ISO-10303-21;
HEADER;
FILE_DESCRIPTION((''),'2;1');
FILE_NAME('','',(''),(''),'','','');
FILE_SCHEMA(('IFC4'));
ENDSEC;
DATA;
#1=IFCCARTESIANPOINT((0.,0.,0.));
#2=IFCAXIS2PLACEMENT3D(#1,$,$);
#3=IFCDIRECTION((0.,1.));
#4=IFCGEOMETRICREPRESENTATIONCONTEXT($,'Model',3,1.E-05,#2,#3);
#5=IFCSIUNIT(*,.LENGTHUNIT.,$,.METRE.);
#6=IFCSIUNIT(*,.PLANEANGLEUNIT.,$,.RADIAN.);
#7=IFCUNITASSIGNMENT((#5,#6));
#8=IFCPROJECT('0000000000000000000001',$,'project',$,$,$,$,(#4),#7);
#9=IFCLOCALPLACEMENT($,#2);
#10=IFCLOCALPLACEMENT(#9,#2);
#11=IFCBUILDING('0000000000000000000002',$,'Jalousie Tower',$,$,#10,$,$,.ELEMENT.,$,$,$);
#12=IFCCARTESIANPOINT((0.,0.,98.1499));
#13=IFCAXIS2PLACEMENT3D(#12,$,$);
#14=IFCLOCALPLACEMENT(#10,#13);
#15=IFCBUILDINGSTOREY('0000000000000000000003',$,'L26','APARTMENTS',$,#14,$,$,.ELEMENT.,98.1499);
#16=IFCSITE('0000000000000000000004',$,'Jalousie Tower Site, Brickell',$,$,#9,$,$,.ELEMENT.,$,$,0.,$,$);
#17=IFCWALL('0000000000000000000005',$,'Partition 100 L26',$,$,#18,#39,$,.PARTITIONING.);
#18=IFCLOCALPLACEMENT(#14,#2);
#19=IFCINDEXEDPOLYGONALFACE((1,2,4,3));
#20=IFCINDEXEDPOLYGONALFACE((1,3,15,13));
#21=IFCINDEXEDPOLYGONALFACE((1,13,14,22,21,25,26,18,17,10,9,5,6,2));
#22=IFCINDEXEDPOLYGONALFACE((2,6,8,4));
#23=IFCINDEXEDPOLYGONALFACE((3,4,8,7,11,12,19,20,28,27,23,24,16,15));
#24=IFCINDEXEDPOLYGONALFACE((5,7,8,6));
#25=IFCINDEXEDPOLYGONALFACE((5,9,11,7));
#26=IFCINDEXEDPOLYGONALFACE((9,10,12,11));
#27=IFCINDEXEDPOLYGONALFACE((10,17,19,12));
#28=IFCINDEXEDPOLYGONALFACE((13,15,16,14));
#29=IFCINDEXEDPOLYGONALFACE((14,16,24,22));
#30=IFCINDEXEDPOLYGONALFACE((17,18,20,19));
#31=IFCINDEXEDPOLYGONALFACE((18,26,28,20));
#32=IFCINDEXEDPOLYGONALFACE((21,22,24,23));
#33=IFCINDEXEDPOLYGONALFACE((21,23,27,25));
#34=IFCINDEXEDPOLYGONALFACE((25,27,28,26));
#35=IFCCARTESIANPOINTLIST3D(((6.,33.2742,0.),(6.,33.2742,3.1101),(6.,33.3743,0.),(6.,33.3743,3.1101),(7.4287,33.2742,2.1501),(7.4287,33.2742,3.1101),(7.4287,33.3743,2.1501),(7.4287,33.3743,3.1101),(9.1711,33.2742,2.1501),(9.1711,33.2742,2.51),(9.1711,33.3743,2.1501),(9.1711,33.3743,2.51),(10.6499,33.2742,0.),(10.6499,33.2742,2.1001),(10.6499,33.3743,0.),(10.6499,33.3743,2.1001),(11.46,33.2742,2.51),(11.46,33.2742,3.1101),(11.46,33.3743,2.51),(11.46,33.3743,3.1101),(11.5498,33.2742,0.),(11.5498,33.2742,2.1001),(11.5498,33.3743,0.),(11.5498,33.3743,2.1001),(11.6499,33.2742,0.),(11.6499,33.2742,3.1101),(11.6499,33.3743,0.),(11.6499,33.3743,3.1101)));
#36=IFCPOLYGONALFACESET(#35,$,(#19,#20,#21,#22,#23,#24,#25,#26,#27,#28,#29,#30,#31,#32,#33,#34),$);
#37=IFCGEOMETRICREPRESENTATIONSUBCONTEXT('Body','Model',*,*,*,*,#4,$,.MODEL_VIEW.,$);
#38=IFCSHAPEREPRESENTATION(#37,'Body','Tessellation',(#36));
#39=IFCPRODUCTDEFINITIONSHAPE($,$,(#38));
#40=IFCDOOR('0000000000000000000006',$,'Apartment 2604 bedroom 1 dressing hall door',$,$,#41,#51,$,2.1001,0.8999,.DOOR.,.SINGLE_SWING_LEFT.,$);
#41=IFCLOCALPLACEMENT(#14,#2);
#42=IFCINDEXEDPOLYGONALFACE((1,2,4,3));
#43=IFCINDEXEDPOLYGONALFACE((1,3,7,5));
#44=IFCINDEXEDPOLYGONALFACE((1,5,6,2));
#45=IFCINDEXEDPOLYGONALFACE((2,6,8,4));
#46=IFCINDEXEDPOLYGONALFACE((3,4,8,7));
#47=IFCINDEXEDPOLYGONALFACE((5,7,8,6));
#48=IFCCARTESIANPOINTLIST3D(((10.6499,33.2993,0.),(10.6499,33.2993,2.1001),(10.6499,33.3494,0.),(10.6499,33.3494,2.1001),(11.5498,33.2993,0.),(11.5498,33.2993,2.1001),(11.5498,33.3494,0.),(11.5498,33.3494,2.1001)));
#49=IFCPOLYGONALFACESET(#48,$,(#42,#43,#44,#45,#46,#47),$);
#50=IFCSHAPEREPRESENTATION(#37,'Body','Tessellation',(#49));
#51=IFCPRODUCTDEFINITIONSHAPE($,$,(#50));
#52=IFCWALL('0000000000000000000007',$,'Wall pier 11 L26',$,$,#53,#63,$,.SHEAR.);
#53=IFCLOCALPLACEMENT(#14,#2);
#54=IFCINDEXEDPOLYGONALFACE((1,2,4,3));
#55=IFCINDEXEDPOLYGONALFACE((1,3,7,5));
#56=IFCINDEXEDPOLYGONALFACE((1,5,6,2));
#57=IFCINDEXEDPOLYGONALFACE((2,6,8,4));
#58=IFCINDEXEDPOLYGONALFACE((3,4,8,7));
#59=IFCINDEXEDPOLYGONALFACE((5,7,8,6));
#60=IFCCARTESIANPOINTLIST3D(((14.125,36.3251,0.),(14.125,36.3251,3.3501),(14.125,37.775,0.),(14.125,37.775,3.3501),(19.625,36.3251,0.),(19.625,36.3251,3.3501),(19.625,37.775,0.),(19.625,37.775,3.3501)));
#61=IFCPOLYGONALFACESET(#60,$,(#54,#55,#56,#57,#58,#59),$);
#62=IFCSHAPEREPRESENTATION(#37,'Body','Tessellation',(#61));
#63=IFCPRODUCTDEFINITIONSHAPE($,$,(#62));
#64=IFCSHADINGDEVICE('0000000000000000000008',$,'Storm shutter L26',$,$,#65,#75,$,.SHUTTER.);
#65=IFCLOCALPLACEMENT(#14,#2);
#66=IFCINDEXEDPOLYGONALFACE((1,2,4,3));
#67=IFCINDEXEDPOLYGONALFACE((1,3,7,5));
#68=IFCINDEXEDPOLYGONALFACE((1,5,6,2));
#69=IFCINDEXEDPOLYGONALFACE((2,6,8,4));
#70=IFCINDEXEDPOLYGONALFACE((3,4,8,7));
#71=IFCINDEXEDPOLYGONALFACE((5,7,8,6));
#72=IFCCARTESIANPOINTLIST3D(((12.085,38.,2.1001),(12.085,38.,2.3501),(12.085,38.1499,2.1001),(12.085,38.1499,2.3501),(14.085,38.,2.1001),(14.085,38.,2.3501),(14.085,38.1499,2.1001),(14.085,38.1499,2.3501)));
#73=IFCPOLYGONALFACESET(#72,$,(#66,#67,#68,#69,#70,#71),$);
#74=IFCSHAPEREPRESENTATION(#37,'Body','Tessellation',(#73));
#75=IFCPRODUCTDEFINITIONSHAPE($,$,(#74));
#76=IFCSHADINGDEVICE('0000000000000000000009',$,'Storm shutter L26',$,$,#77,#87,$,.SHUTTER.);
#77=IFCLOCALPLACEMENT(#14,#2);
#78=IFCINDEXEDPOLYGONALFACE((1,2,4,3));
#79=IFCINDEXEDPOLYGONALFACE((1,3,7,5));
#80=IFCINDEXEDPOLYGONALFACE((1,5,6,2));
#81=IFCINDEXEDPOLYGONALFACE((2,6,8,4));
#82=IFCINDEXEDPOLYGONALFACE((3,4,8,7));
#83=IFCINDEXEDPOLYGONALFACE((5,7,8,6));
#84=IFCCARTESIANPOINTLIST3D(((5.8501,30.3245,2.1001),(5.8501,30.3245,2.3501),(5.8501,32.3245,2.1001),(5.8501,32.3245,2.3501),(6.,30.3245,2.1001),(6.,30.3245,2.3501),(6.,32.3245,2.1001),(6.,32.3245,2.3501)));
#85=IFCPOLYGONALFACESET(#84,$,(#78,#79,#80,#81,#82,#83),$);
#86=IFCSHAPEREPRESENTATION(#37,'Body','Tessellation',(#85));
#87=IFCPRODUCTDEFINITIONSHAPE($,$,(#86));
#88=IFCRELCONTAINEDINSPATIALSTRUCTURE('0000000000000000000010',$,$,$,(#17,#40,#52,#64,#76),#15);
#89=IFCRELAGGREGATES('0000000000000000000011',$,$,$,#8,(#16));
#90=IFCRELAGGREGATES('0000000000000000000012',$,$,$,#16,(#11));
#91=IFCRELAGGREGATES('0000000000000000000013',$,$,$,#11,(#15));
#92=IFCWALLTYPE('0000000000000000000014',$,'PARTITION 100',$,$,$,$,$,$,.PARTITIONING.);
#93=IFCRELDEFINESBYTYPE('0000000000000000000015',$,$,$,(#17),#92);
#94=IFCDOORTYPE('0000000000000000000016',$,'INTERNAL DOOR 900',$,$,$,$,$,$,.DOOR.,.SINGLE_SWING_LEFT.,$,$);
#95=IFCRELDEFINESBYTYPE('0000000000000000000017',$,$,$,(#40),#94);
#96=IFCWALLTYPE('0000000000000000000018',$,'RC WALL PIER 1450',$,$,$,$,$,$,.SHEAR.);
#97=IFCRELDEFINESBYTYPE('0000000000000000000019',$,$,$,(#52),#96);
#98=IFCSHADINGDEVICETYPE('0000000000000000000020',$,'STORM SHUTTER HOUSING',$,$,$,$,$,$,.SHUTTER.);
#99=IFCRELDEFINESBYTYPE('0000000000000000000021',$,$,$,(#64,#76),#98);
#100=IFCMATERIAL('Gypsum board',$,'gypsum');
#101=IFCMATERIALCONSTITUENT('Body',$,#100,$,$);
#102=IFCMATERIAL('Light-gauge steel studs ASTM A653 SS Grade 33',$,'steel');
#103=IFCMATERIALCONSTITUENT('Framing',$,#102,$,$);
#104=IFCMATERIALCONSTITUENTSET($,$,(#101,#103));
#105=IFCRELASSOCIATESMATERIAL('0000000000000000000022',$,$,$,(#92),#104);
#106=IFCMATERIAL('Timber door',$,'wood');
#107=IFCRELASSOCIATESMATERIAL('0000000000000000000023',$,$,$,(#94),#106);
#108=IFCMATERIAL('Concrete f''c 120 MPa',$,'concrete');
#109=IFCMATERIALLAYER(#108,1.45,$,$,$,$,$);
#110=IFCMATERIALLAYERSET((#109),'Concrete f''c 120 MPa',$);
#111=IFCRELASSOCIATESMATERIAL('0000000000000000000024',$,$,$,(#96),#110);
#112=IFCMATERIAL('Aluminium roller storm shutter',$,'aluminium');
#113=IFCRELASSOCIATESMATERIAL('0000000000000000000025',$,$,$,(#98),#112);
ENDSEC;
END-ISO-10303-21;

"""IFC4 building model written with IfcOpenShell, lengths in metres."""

from ifc_helpers import new_model, si_unit, direction, frame, frame_2d, origin, origin_2d, place, context, subcontext, project, spatial, polyline, rectangle, outline, extrude, material, layer, layer_set, constituent, constituent_set, type_object, element, fill, save


model = new_model("IFC4")

# Units and contexts
model_context = context("Model", 3, precision=1e-05, world=origin(), true_north=direction((0.0, 1.0)))
body_context = subcontext(model_context, "Body", "Model", "MODEL_VIEW")
ifc_project = project(units=[si_unit("LENGTHUNIT", "METRE"), si_unit("PLANEANGLEUNIT", "RADIAN")], contexts=[model_context])

# Site, building, storey
site_placement = place(None, origin())
site = spatial("IfcSite", under=ifc_project, at=site_placement, Name="Jalousie Tower Site, Brickell", CompositionType="ELEMENT", RefElevation=0.0)
building_placement = place(site_placement, origin())
building = spatial("IfcBuilding", under=site, at=building_placement, Name="Jalousie Tower", CompositionType="ELEMENT")
storey_placement = place(building_placement, frame((0.0, 0.0, 98.1499)))
storey = spatial("IfcBuildingStorey", under=building, at=storey_placement, Name="L26", Description="APARTMENTS", CompositionType="ELEMENT", Elevation=98.1499)

# Shared definitions
ifc_material_1 = material(Name="Gypsum board", Category="gypsum")
ifc_constituent_1 = constituent(ifc_material_1, Name="Body")
ifc_material_2 = material(Name="Light-gauge steel studs ASTM A653 SS Grade 33", Category="steel")
ifc_constituent_2 = constituent(ifc_material_2, Name="Framing")
ifc_constituent_set_1 = constituent_set(constituents=[ifc_constituent_1, ifc_constituent_2])
wall_type_1 = type_object("IfcWallType", Name="PARTITION 100", PredefinedType="PARTITIONING", material=ifc_constituent_set_1)

# Wall, opening, door
wall_1_placement = place(storey_placement, frame((6.0, 33.3242, 0.0), z_axis=(0.0, 0.0, 1.0), x_axis=(1.0, 0.0, 0.0)))
wall_1 = element("IfcWall", 1, at=wall_1_placement, inside=storey, type_object=wall_type_1, Name="Partition 100 L26", PredefinedType="PARTITIONING", context=body_context, shape_type="SweptSolid", body=[
    extrude(outline(polyline([(0.0, 0.0), (5.6499, 0.0), (5.6499, 3.1101), (5.46, 3.1101), (5.46, 2.51), (3.1711, 2.51), (3.1711, 2.1501), (1.4287, 2.1501), (1.4287, 3.1101), (0.0, 3.1101), (0.0, 0.0)])), frame((0.0, 0.05, 0.0), z_axis=(0.0, -1.0, 0.0), x_axis=(1.0, 0.0, 0.0)), (0.0, 0.0, 1.0), 0.1001),
])
opening_1_placement = place(wall_1_placement, frame((4.6499, 0.0, 0.0)))
opening_1 = element("IfcOpeningElement", 2, at=opening_1_placement, cuts=wall_1, PredefinedType="OPENING", context=body_context, shape_type="SweptSolid", body=[
    extrude(rectangle(XDim=0.8999, YDim=2.1001, at=frame_2d((0.45, 1.05))), frame((0.0, 0.0601, 0.0), z_axis=(0.0, -1.0, 0.0), x_axis=(1.0, 0.0, 0.0)), (0.0, 0.0, 1.0), 0.1201),
])
ifc_material_3 = material(Name="Timber door", Category="wood")
door_type_1 = type_object("IfcDoorType", Name="INTERNAL DOOR 900", OperationType="SINGLE_SWING_LEFT", PredefinedType="DOOR", material=ifc_material_3)
door_1_placement = place(opening_1_placement, frame((0.8999, 0.0, 0.0), z_axis=(0.0, 0.0, 1.0), x_axis=(-1.0, 0.0, 0.0)))
door_1 = element("IfcDoor", 3, at=door_1_placement, inside=storey, type_object=door_type_1, Name="Apartment 2604 bedroom 1 dressing hall door", OperationType="SINGLE_SWING_LEFT", OverallHeight=2.1001, OverallWidth=0.8999, PredefinedType="DOOR", context=body_context, shape_type="SweptSolid", body=[
    extrude(rectangle(XDim=0.8999, YDim=2.1001, at=frame_2d((0.45, 1.05))), frame((0.0, 0.0249, 0.0), z_axis=(0.0, -1.0, 0.0), x_axis=(1.0, 0.0, 0.0)), (0.0, 0.0, 1.0), 0.05),
])
fill(opening_1, door_1)

# Wall
ifc_material_4 = material(Name="Concrete f'c 120 MPa", Category="concrete")
ifc_layer_1 = layer(ifc_material_4, 1.45)
ifc_layer_set_1 = layer_set([ifc_layer_1], Name="Concrete f'c 120 MPa")
wall_type_2 = type_object("IfcWallType", Name="RC WALL PIER 1450", PredefinedType="SHEAR", material=ifc_layer_set_1)
wall_2_placement = place(storey_placement, frame((14.125, 37.05, 0.0), z_axis=(0.0, 0.0, 1.0), x_axis=(1.0, 0.0, 0.0)))
element("IfcWall", 4, at=wall_2_placement, inside=storey, type_object=wall_type_2, Name="Wall pier 11 L26", PredefinedType="SHEAR", context=body_context, shape_type="SweptSolid", body=[
    extrude(rectangle(XDim=5.5, YDim=1.45, at=frame_2d((2.75, 0.0))), origin(), (0.0, 0.0, 1.0), 3.3501),
])

# Shading devices
ifc_material_5 = material(Name="Aluminium roller storm shutter", Category="aluminium")
shading_device_type = type_object("IfcShadingDeviceType", Name="STORM SHUTTER HOUSING", PredefinedType="SHUTTER", material=ifc_material_5)
for number, where, z_axis, x_axis, name in (
    (5, (13.085, 38.075, 2.1001), (0.0, 0.0, 1.0), (-1.0, 0.0, 0.0), "Storm shutter L26"),
    (6, (5.925, 31.3245, 2.1001), (0.0, 0.0, 1.0), (0.0, -1.0, 0.0), "Storm shutter L26"),
):
    element("IfcShadingDevice", number, at=place(storey_placement, frame(where, z_axis=z_axis, x_axis=x_axis)), inside=storey, type_object=shading_device_type, Name=name, PredefinedType="SHUTTER", context=body_context, shape_type="SweptSolid", body=[
        extrude(rectangle(XDim=2.0, YDim=0.1499, at=origin_2d()), origin(), (0.0, 0.0, 1.0), 0.25),
    ])

save(model, "model.ifc")
